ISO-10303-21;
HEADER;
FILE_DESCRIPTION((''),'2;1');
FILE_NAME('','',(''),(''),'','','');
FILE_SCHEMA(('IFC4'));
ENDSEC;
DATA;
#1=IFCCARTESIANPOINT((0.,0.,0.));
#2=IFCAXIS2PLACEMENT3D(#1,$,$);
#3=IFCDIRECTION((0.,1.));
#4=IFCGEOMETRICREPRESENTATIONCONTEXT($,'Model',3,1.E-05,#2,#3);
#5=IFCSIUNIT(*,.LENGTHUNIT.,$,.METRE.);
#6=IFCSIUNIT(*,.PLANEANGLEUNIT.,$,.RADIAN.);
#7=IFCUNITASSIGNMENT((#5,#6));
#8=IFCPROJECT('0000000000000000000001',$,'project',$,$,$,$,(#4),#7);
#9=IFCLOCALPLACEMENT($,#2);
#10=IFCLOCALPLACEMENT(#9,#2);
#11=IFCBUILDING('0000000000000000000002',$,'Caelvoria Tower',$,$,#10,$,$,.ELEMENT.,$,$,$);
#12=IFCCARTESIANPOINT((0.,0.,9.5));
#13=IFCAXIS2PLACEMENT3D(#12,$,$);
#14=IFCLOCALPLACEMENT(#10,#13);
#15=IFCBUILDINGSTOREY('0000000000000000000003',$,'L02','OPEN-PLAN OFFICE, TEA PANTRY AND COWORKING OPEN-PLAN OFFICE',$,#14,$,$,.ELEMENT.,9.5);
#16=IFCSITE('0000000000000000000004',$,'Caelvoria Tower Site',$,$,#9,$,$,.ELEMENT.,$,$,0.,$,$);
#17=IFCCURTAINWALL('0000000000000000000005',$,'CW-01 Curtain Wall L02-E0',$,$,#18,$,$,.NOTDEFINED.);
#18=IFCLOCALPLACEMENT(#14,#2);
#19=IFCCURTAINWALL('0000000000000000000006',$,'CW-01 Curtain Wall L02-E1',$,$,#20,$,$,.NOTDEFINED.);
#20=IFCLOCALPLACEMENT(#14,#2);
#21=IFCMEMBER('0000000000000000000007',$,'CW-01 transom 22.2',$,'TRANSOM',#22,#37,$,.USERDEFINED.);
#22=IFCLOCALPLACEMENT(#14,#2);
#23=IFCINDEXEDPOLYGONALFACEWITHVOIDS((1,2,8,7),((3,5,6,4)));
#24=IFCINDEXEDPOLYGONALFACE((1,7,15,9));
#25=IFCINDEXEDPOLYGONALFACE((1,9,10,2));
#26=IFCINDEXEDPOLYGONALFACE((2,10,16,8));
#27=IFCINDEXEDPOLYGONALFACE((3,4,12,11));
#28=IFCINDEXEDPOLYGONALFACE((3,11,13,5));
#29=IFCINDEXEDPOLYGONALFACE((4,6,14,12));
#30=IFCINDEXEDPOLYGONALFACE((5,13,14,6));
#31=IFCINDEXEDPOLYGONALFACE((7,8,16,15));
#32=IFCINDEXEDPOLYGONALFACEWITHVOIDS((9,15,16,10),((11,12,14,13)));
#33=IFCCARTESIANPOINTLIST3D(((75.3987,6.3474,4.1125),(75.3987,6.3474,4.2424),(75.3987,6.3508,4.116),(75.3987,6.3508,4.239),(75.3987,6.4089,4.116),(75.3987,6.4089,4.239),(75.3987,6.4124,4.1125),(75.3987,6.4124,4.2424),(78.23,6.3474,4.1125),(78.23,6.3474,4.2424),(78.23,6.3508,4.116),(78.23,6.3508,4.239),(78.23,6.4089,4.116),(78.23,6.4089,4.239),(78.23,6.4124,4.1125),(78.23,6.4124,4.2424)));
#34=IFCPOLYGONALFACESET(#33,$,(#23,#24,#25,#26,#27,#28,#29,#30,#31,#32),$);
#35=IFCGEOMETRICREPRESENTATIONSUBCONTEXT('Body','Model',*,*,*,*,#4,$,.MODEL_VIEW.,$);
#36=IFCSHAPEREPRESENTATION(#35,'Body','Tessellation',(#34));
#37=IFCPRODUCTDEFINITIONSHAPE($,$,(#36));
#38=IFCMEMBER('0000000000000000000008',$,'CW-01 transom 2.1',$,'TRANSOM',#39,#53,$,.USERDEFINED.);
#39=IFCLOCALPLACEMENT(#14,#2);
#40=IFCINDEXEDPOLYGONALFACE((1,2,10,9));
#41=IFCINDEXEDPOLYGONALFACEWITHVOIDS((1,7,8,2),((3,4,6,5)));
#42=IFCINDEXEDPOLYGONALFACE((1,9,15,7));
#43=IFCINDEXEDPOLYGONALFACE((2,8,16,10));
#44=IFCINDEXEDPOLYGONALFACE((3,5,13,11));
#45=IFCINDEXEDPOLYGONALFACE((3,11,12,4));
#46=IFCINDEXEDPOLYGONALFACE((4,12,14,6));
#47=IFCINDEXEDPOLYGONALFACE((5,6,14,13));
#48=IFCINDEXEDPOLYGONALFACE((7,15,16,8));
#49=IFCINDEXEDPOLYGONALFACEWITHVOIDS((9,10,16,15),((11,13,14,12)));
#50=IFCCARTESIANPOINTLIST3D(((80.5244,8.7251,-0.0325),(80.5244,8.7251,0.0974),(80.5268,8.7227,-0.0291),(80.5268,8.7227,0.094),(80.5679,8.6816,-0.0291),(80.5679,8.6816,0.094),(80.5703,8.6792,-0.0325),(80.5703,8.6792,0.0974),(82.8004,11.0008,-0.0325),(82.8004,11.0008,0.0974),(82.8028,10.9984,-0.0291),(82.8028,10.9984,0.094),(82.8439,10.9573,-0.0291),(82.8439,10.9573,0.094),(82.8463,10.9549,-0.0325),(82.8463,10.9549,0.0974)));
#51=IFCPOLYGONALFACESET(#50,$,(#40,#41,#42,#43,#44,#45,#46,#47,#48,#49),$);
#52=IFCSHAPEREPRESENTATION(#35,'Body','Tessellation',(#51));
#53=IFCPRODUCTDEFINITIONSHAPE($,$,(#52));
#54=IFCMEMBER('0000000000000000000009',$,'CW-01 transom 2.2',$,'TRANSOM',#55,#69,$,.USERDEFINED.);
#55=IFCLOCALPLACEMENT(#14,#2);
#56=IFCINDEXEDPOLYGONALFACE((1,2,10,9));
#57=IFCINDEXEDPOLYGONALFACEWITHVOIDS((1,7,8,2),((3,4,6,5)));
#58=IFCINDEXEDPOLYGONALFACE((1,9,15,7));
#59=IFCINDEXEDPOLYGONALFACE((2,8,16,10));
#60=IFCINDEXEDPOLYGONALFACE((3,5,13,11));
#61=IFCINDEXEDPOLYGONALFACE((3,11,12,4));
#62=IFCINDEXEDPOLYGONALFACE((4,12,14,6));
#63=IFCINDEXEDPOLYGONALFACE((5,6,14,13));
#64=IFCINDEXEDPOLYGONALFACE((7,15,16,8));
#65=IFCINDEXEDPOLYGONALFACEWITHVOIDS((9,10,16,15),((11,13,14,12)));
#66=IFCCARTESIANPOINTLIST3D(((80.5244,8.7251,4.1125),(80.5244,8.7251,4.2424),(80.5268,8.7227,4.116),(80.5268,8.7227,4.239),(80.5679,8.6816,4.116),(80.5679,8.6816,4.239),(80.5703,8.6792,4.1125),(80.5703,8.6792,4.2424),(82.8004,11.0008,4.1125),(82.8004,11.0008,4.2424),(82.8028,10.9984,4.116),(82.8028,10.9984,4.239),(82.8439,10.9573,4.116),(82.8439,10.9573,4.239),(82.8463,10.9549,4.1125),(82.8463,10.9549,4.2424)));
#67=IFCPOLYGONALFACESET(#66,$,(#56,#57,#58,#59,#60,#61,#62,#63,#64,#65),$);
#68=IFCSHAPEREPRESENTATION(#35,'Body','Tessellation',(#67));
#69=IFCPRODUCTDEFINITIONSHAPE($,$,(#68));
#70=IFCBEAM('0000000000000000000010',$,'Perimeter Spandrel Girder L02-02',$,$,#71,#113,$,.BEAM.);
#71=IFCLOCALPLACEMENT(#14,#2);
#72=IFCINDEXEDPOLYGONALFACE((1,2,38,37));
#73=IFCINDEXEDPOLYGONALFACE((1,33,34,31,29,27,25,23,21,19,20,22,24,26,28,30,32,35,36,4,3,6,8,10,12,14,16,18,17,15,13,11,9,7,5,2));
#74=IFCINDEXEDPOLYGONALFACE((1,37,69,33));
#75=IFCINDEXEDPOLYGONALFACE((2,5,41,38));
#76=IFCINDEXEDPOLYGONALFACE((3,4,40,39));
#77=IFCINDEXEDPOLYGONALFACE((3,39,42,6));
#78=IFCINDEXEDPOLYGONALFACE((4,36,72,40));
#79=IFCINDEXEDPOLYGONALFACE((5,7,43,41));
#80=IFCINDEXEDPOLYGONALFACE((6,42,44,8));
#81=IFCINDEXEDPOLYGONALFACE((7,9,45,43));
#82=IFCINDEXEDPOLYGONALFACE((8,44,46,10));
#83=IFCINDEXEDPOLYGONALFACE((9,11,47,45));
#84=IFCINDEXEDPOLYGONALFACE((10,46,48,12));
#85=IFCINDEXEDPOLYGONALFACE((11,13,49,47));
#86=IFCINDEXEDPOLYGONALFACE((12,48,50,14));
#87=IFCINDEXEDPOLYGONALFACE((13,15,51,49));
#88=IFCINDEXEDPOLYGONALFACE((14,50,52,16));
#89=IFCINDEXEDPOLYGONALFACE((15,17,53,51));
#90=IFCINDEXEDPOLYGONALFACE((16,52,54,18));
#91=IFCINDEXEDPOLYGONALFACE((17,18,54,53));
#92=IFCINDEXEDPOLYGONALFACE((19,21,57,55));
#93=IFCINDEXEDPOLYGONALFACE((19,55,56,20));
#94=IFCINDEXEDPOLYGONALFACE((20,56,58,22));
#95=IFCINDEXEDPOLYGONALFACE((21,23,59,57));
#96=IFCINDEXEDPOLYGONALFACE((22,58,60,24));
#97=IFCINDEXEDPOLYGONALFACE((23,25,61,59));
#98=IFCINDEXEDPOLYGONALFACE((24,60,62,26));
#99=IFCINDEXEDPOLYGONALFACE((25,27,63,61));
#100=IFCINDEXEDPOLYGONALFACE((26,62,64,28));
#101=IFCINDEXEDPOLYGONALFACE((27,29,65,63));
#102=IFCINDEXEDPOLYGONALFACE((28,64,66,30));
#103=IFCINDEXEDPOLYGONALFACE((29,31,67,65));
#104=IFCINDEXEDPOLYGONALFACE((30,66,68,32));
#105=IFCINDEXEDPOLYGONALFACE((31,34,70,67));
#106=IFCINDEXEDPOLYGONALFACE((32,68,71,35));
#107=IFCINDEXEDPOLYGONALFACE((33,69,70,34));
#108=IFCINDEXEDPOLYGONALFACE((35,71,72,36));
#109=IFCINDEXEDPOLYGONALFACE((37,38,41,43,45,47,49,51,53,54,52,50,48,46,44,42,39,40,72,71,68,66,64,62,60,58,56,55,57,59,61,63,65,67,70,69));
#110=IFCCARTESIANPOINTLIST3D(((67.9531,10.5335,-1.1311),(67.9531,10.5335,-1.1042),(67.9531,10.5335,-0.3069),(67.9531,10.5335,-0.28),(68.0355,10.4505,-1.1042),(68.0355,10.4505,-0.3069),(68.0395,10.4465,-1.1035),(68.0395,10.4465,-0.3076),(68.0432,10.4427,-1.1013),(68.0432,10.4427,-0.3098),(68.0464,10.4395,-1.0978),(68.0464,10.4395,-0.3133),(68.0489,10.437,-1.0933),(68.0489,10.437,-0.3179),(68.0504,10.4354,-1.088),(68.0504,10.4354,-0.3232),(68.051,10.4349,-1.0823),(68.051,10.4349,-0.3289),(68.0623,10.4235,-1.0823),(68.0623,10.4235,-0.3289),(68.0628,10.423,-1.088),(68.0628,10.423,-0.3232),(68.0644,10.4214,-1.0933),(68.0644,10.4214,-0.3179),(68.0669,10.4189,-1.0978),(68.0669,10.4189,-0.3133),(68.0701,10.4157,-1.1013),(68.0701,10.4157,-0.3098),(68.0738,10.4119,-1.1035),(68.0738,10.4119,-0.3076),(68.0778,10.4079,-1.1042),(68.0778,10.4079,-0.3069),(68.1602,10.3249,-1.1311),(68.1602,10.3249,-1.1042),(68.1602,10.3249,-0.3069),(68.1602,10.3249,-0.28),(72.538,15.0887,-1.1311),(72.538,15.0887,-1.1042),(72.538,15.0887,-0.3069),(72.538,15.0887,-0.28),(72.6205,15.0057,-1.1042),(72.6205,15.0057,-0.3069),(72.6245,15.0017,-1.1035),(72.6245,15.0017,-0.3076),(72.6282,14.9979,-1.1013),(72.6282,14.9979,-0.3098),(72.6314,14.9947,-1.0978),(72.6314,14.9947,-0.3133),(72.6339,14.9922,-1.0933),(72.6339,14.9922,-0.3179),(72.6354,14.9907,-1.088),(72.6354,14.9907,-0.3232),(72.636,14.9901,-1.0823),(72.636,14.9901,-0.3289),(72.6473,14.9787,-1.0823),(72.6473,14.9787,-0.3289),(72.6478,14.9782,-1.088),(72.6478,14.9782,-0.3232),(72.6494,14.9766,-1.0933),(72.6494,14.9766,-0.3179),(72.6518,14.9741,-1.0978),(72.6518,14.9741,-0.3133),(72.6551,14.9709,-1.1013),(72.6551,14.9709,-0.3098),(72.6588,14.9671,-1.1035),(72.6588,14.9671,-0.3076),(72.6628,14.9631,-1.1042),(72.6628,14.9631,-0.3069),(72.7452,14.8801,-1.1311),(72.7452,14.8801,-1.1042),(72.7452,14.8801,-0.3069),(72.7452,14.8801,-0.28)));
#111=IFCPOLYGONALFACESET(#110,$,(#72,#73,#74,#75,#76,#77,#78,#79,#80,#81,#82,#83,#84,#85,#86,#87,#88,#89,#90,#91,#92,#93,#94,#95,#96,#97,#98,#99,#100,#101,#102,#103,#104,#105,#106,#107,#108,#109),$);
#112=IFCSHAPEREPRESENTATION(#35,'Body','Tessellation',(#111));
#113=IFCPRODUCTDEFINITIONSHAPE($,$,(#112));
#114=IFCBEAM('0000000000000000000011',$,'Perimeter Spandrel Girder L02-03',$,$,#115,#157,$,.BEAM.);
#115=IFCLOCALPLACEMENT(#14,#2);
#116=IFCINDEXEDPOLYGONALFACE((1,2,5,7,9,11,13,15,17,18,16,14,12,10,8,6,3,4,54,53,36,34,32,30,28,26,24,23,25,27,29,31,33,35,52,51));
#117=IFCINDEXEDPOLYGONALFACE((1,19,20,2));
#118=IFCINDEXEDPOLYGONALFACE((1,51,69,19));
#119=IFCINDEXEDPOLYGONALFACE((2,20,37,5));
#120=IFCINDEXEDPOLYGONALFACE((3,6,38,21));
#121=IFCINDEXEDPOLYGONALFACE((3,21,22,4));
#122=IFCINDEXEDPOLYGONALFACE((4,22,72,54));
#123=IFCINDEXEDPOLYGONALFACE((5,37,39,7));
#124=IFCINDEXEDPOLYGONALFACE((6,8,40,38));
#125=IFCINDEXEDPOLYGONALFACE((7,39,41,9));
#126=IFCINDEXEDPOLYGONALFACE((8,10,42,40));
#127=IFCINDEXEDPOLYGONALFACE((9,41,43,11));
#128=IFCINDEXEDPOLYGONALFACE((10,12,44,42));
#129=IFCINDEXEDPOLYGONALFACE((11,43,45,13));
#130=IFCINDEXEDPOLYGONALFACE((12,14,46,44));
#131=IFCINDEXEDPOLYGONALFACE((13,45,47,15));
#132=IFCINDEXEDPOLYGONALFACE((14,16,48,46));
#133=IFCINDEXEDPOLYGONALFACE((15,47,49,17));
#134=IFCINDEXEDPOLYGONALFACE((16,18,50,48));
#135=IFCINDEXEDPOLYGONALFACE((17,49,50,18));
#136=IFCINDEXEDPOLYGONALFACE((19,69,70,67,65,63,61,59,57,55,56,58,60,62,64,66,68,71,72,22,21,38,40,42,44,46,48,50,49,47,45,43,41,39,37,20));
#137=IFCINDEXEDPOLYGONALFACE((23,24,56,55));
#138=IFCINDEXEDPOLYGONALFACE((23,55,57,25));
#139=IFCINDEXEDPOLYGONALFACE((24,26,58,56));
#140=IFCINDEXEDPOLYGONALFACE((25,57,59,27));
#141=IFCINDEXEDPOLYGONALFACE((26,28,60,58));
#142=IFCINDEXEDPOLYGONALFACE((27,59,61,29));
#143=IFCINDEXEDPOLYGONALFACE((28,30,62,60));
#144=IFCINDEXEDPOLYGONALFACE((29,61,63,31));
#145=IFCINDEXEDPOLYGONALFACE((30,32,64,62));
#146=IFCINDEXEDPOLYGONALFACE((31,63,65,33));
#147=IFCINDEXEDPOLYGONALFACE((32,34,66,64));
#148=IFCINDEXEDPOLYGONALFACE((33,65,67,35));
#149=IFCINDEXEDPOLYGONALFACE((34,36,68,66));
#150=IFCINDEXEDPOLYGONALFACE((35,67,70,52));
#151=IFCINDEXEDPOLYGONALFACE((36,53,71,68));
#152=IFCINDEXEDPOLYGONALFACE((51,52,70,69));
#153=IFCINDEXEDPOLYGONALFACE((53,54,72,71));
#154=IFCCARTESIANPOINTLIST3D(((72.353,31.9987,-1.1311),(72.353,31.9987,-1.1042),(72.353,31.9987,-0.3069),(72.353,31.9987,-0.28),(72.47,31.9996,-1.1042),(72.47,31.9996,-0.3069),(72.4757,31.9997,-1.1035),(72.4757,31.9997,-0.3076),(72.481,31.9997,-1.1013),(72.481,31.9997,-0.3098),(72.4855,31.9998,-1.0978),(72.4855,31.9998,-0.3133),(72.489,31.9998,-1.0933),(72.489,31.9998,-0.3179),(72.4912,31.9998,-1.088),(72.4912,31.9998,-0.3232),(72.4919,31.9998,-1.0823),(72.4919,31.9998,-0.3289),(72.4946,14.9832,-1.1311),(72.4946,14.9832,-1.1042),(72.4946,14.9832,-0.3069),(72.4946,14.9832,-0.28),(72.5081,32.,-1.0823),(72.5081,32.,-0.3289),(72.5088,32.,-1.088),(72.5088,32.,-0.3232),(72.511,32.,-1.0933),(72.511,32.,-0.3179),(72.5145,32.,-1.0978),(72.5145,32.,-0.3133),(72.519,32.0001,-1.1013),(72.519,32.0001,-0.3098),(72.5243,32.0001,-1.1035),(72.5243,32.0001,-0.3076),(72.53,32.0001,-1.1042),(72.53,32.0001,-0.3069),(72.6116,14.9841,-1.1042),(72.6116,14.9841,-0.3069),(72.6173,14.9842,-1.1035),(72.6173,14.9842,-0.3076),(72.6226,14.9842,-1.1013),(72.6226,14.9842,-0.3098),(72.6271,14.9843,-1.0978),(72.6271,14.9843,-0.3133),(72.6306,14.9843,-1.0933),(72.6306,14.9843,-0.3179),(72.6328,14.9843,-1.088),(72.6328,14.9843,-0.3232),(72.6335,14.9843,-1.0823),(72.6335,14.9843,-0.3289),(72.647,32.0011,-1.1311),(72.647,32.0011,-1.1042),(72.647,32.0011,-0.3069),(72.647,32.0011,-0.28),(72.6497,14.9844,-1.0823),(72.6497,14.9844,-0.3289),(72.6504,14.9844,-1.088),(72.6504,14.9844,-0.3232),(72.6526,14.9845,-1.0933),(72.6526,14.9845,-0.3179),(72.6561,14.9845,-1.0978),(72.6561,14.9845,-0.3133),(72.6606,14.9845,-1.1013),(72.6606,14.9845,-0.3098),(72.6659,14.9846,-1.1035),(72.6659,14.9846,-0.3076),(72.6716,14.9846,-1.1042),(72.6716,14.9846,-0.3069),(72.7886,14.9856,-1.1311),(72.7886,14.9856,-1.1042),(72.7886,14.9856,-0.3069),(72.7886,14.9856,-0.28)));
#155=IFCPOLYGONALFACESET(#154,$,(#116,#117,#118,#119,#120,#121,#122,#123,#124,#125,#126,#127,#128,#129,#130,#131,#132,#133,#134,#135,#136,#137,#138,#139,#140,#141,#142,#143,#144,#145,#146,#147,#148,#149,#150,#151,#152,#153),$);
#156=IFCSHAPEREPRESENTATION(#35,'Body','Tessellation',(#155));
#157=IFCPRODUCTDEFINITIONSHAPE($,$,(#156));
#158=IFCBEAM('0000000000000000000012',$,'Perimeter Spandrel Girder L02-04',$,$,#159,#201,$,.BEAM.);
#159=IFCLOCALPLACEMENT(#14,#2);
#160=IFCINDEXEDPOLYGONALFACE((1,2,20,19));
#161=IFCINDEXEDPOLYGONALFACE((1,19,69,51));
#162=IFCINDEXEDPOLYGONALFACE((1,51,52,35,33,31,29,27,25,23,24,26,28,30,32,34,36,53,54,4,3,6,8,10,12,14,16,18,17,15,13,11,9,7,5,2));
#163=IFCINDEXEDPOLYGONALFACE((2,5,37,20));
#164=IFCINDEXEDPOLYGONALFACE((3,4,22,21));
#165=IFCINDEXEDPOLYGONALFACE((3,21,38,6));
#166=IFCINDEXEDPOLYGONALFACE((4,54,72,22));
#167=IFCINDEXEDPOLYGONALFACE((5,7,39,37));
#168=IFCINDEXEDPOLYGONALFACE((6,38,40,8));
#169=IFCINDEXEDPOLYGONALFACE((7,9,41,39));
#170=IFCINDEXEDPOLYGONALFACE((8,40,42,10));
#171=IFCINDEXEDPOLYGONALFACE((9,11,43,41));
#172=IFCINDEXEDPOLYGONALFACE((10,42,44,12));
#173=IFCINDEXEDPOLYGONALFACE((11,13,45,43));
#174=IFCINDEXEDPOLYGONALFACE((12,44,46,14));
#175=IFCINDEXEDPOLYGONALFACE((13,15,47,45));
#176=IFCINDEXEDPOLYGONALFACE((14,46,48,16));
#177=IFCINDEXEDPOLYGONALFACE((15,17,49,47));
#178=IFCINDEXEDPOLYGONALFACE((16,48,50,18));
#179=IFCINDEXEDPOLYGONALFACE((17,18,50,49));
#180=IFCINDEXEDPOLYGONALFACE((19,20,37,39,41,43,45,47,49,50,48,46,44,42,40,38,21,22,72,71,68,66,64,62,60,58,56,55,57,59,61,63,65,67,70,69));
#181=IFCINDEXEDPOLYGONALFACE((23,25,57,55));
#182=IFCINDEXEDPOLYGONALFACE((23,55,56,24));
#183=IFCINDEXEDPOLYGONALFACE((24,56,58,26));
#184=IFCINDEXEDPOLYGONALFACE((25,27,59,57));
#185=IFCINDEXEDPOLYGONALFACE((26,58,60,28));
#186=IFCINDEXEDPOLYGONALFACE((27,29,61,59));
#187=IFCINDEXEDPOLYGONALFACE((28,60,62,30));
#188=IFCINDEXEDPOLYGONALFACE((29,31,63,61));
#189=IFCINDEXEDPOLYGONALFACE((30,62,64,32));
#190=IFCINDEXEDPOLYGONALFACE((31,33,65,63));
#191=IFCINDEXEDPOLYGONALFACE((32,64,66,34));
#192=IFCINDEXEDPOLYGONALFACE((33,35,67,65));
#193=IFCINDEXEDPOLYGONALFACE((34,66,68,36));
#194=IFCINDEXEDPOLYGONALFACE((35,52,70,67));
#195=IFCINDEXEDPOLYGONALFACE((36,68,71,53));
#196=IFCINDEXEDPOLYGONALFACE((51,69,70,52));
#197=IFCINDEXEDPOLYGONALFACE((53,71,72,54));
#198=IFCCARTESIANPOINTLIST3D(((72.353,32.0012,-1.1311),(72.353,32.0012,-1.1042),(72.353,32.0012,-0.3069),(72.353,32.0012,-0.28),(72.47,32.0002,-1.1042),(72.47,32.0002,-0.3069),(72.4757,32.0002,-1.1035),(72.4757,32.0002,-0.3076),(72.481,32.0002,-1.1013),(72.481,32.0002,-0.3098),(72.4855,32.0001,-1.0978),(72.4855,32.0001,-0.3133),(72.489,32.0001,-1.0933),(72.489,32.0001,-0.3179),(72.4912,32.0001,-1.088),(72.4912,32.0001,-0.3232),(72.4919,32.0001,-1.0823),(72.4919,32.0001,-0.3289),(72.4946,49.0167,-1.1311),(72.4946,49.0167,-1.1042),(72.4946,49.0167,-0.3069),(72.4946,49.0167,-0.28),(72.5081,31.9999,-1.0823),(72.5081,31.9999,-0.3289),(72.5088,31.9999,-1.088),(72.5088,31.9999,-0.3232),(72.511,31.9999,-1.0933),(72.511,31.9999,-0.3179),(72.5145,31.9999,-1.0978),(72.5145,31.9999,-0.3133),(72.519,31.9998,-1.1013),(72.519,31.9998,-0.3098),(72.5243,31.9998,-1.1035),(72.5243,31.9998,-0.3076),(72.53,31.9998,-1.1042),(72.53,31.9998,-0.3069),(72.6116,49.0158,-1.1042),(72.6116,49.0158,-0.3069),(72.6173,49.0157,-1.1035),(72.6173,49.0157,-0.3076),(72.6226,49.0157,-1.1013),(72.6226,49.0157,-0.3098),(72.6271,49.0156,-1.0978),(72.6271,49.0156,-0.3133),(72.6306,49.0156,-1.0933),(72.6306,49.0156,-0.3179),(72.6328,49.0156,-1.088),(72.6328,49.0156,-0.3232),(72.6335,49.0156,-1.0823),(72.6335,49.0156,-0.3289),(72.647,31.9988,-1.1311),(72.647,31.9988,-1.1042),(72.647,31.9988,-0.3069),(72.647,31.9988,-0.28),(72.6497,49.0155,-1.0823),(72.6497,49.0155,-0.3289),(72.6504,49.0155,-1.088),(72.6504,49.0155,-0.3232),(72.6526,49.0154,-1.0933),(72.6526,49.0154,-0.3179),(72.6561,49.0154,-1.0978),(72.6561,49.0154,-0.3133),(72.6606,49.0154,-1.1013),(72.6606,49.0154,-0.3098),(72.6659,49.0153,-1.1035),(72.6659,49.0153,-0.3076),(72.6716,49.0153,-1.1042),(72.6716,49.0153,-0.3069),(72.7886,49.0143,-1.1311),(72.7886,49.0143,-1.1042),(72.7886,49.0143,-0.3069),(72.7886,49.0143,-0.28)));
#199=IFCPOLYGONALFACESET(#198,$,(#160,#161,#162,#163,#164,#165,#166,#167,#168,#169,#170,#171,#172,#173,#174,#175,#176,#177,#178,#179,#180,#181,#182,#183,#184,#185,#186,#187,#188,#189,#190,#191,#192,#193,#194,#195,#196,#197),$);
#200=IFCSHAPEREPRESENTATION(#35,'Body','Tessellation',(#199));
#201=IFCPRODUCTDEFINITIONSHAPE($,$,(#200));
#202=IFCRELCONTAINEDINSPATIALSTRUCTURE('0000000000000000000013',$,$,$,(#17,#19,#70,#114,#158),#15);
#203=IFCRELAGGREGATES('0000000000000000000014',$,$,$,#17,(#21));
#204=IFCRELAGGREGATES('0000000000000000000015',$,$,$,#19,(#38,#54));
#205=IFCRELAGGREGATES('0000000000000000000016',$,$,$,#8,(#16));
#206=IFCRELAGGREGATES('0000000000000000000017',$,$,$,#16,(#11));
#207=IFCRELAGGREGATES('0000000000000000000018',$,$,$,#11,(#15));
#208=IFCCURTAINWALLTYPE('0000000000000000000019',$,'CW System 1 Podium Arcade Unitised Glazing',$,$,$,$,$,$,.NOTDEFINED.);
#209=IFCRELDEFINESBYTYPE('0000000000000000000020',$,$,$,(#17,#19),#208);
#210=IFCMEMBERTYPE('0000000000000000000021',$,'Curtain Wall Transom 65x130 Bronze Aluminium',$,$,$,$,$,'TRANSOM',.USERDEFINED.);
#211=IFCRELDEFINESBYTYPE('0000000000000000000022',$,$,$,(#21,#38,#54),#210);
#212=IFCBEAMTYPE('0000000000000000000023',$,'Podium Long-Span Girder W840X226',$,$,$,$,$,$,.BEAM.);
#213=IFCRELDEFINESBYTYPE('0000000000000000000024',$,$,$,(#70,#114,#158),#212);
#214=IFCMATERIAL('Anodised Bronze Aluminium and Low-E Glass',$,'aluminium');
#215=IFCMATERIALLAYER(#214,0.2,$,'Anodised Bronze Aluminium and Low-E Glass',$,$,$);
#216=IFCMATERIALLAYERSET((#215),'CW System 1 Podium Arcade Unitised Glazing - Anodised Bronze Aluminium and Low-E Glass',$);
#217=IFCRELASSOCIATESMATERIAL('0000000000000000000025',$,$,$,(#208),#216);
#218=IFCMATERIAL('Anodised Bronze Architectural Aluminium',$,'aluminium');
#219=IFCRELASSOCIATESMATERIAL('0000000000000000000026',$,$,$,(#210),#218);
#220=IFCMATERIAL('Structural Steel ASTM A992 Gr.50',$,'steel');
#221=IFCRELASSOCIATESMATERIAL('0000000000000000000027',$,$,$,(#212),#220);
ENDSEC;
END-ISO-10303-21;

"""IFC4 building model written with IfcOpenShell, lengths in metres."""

from ifc_helpers import new_model, si_unit, direction, frame, origin, origin_2d, place, context, subcontext, project, spatial, hollow_rectangle, i_section, extrude, material, layer, layer_set, material_profile, profile_set, type_object, element, aggregate, save


model = new_model("IFC4")

# Units and contexts
model_context = context("Model", 3, precision=1e-05, world=origin(), true_north=direction((0.0, 1.0)))
body_context = subcontext(model_context, "Body", "Model", "MODEL_VIEW")
ifc_project = project(units=[si_unit("LENGTHUNIT", "METRE"), si_unit("PLANEANGLEUNIT", "RADIAN")], contexts=[model_context])

# Site, building, storey
site_placement = place(None, origin())
site = spatial("IfcSite", under=ifc_project, at=site_placement, Name="Caelvoria Tower Site", CompositionType="ELEMENT", RefElevation=0.0)
building_placement = place(site_placement, origin())
building = spatial("IfcBuilding", under=site, at=building_placement, Name="Caelvoria Tower", CompositionType="ELEMENT")
storey_placement = place(building_placement, frame((0.0, 0.0, 9.5)))
storey = spatial("IfcBuildingStorey", under=building, at=storey_placement, Name="L02", Description="OPEN-PLAN OFFICE, TEA PANTRY AND COWORKING OPEN-PLAN OFFICE", CompositionType="ELEMENT", Elevation=9.5)

# Shared definitions
ifc_material_1 = material(Name="Structural Steel ASTM A992 Gr.50", Category="steel")

# Curtain wall
ifc_material_2 = material(Name="Anodised Bronze Aluminium and Low-E Glass", Category="aluminium")
ifc_layer_1 = layer(ifc_material_2, 0.2, Name="Anodised Bronze Aluminium and Low-E Glass")
ifc_layer_set_1 = layer_set([ifc_layer_1], Name="CW System 1 Podium Arcade Unitised Glazing - Anodised Bronze Aluminium and Low-E Glass")
curtain_wall_type = type_object("IfcCurtainWallType", Name="CW System 1 Podium Arcade Unitised Glazing", PredefinedType="NOTDEFINED", material=ifc_layer_set_1)
curtain_wall_1_placement = place(storey_placement, origin())
curtain_wall_1 = element("IfcCurtainWall", 1, at=curtain_wall_1_placement, inside=storey, type_object=curtain_wall_type, Name="CW-01 Curtain Wall L02-E0", PredefinedType="NOTDEFINED")
ifc_material_3 = material(Name="Anodised Bronze Architectural Aluminium", Category="aluminium")

# Curtain wall
curtain_wall_2_placement = place(storey_placement, origin())
curtain_wall_2 = element("IfcCurtainWall", 2, at=curtain_wall_2_placement, inside=storey, type_object=curtain_wall_type, Name="CW-01 Curtain Wall L02-E1", PredefinedType="NOTDEFINED")

# Members
ifc_material_profile_1 = material_profile(ifc_material_3, hollow_rectangle(XDim=0.0649, YDim=0.1299, WallThickness=0.0034, at=origin_2d()), Name="Anodised Bronze Architectural Aluminium")
ifc_profile_set_1 = profile_set([ifc_material_profile_1], Name="CW_TRAN_65X130 - Anodised Bronze Architectural Aluminium")
member_type_1 = type_object("IfcMemberType", Name="Curtain Wall Transom 65x130 Bronze Aluminium", ElementType="TRANSOM", PredefinedType="USERDEFINED", material=ifc_profile_set_1)
member_1_placement = place(storey_placement, frame((75.3987, 6.3799, 4.1775), z_axis=(1.0, 0.0, 0.0), x_axis=(0.0, 1.0, 0.0)))
member_1 = element("IfcMember", 3, at=member_1_placement, type_object=member_type_1, Name="CW-01 transom 22.2", ObjectType="TRANSOM", PredefinedType="USERDEFINED", context=body_context, shape_type="SweptSolid", body=[
    extrude(hollow_rectangle(XDim=0.0649, YDim=0.1299, WallThickness=0.0034, at=origin_2d()), origin(), (0.0, 0.0, 1.0), 2.8313),
])
member_2_placement = place(storey_placement, frame((80.5474, 8.7021, 0.0325), z_axis=(0.707145, 0.707069, 0.0), x_axis=(-0.707069, 0.707145, 0.0)))
member_2 = element("IfcMember", 4, at=member_2_placement, type_object=member_type_1, Name="CW-01 transom 2.1", ObjectType="TRANSOM", PredefinedType="USERDEFINED", context=body_context, shape_type="SweptSolid", body=[
    extrude(hollow_rectangle(XDim=0.0649, YDim=0.1299, WallThickness=0.0034, at=origin_2d()), origin(), (0.0, 0.0, 1.0), 3.2185),
])
member_3_placement = place(storey_placement, frame((80.5474, 8.7021, 4.1775), z_axis=(0.707145, 0.707069, 0.0), x_axis=(-0.707069, 0.707145, 0.0)))
member_3 = element("IfcMember", 5, at=member_3_placement, type_object=member_type_1, Name="CW-01 transom 2.2", ObjectType="TRANSOM", PredefinedType="USERDEFINED", context=body_context, shape_type="SweptSolid", body=[
    extrude(hollow_rectangle(XDim=0.0649, YDim=0.1299, WallThickness=0.0034, at=origin_2d()), origin(), (0.0, 0.0, 1.0), 3.2185),
])

# Beams
ifc_material_profile_2 = material_profile(ifc_material_1, i_section(OverallWidth=0.2939, OverallDepth=0.8511, WebThickness=0.0161, FlangeThickness=0.0269, FilletRadius=0.022, at=origin_2d()), Name="Structural Steel ASTM A992 Gr.50")
ifc_profile_set_2 = profile_set([ifc_material_profile_2], Name="W840X226 - Structural Steel ASTM A992 Gr.50")
beam_type_1 = type_object("IfcBeamType", Name="Podium Long-Span Girder W840X226", PredefinedType="BEAM", material=ifc_profile_set_2)
beam_1_placement = place(storey_placement, frame((68.0566, 10.4292, -0.7056), z_axis=(0.709407, 0.704799, 0.0), x_axis=(-0.704799, 0.709407, 0.0)))
element("IfcBeam", 6, at=beam_1_placement, inside=storey, type_object=beam_type_1, Name="Perimeter Spandrel Girder L02-02", PredefinedType="BEAM", context=body_context, shape_type="SweptSolid", body=[
    extrude(i_section(OverallWidth=0.2939, OverallDepth=0.8511, WebThickness=0.0161, FlangeThickness=0.0269, FilletRadius=0.022, at=origin_2d()), origin(), (0.0, 0.0, 1.0), 6.4631),
])
for number, where, z_axis, x_axis, name in (
    (7, (72.6416, 14.9844, -0.7056), (-0.008322, 0.999965, 0.0), (-0.999965, -0.008322, 0.0), "Perimeter Spandrel Girder L02-03"),
    (8, (72.5, 32.0, -0.7056), (0.008322, 0.999965, 0.0), (-0.999965, 0.008322, 0.0), "Perimeter Spandrel Girder L02-04"),
):
    element("IfcBeam", number, at=place(storey_placement, frame(where, z_axis=z_axis, x_axis=x_axis)), inside=storey, type_object=beam_type_1, Name=name, PredefinedType="BEAM", context=body_context, shape_type="SweptSolid", body=[
        extrude(i_section(OverallWidth=0.2939, OverallDepth=0.8511, WebThickness=0.0161, FlangeThickness=0.0269, FilletRadius=0.022, at=origin_2d()), origin(), (0.0, 0.0, 1.0), 17.0161),
    ])

aggregate(curtain_wall_1, [member_1])
aggregate(curtain_wall_2, [member_2, member_3])

save(model, "model.ifc")
